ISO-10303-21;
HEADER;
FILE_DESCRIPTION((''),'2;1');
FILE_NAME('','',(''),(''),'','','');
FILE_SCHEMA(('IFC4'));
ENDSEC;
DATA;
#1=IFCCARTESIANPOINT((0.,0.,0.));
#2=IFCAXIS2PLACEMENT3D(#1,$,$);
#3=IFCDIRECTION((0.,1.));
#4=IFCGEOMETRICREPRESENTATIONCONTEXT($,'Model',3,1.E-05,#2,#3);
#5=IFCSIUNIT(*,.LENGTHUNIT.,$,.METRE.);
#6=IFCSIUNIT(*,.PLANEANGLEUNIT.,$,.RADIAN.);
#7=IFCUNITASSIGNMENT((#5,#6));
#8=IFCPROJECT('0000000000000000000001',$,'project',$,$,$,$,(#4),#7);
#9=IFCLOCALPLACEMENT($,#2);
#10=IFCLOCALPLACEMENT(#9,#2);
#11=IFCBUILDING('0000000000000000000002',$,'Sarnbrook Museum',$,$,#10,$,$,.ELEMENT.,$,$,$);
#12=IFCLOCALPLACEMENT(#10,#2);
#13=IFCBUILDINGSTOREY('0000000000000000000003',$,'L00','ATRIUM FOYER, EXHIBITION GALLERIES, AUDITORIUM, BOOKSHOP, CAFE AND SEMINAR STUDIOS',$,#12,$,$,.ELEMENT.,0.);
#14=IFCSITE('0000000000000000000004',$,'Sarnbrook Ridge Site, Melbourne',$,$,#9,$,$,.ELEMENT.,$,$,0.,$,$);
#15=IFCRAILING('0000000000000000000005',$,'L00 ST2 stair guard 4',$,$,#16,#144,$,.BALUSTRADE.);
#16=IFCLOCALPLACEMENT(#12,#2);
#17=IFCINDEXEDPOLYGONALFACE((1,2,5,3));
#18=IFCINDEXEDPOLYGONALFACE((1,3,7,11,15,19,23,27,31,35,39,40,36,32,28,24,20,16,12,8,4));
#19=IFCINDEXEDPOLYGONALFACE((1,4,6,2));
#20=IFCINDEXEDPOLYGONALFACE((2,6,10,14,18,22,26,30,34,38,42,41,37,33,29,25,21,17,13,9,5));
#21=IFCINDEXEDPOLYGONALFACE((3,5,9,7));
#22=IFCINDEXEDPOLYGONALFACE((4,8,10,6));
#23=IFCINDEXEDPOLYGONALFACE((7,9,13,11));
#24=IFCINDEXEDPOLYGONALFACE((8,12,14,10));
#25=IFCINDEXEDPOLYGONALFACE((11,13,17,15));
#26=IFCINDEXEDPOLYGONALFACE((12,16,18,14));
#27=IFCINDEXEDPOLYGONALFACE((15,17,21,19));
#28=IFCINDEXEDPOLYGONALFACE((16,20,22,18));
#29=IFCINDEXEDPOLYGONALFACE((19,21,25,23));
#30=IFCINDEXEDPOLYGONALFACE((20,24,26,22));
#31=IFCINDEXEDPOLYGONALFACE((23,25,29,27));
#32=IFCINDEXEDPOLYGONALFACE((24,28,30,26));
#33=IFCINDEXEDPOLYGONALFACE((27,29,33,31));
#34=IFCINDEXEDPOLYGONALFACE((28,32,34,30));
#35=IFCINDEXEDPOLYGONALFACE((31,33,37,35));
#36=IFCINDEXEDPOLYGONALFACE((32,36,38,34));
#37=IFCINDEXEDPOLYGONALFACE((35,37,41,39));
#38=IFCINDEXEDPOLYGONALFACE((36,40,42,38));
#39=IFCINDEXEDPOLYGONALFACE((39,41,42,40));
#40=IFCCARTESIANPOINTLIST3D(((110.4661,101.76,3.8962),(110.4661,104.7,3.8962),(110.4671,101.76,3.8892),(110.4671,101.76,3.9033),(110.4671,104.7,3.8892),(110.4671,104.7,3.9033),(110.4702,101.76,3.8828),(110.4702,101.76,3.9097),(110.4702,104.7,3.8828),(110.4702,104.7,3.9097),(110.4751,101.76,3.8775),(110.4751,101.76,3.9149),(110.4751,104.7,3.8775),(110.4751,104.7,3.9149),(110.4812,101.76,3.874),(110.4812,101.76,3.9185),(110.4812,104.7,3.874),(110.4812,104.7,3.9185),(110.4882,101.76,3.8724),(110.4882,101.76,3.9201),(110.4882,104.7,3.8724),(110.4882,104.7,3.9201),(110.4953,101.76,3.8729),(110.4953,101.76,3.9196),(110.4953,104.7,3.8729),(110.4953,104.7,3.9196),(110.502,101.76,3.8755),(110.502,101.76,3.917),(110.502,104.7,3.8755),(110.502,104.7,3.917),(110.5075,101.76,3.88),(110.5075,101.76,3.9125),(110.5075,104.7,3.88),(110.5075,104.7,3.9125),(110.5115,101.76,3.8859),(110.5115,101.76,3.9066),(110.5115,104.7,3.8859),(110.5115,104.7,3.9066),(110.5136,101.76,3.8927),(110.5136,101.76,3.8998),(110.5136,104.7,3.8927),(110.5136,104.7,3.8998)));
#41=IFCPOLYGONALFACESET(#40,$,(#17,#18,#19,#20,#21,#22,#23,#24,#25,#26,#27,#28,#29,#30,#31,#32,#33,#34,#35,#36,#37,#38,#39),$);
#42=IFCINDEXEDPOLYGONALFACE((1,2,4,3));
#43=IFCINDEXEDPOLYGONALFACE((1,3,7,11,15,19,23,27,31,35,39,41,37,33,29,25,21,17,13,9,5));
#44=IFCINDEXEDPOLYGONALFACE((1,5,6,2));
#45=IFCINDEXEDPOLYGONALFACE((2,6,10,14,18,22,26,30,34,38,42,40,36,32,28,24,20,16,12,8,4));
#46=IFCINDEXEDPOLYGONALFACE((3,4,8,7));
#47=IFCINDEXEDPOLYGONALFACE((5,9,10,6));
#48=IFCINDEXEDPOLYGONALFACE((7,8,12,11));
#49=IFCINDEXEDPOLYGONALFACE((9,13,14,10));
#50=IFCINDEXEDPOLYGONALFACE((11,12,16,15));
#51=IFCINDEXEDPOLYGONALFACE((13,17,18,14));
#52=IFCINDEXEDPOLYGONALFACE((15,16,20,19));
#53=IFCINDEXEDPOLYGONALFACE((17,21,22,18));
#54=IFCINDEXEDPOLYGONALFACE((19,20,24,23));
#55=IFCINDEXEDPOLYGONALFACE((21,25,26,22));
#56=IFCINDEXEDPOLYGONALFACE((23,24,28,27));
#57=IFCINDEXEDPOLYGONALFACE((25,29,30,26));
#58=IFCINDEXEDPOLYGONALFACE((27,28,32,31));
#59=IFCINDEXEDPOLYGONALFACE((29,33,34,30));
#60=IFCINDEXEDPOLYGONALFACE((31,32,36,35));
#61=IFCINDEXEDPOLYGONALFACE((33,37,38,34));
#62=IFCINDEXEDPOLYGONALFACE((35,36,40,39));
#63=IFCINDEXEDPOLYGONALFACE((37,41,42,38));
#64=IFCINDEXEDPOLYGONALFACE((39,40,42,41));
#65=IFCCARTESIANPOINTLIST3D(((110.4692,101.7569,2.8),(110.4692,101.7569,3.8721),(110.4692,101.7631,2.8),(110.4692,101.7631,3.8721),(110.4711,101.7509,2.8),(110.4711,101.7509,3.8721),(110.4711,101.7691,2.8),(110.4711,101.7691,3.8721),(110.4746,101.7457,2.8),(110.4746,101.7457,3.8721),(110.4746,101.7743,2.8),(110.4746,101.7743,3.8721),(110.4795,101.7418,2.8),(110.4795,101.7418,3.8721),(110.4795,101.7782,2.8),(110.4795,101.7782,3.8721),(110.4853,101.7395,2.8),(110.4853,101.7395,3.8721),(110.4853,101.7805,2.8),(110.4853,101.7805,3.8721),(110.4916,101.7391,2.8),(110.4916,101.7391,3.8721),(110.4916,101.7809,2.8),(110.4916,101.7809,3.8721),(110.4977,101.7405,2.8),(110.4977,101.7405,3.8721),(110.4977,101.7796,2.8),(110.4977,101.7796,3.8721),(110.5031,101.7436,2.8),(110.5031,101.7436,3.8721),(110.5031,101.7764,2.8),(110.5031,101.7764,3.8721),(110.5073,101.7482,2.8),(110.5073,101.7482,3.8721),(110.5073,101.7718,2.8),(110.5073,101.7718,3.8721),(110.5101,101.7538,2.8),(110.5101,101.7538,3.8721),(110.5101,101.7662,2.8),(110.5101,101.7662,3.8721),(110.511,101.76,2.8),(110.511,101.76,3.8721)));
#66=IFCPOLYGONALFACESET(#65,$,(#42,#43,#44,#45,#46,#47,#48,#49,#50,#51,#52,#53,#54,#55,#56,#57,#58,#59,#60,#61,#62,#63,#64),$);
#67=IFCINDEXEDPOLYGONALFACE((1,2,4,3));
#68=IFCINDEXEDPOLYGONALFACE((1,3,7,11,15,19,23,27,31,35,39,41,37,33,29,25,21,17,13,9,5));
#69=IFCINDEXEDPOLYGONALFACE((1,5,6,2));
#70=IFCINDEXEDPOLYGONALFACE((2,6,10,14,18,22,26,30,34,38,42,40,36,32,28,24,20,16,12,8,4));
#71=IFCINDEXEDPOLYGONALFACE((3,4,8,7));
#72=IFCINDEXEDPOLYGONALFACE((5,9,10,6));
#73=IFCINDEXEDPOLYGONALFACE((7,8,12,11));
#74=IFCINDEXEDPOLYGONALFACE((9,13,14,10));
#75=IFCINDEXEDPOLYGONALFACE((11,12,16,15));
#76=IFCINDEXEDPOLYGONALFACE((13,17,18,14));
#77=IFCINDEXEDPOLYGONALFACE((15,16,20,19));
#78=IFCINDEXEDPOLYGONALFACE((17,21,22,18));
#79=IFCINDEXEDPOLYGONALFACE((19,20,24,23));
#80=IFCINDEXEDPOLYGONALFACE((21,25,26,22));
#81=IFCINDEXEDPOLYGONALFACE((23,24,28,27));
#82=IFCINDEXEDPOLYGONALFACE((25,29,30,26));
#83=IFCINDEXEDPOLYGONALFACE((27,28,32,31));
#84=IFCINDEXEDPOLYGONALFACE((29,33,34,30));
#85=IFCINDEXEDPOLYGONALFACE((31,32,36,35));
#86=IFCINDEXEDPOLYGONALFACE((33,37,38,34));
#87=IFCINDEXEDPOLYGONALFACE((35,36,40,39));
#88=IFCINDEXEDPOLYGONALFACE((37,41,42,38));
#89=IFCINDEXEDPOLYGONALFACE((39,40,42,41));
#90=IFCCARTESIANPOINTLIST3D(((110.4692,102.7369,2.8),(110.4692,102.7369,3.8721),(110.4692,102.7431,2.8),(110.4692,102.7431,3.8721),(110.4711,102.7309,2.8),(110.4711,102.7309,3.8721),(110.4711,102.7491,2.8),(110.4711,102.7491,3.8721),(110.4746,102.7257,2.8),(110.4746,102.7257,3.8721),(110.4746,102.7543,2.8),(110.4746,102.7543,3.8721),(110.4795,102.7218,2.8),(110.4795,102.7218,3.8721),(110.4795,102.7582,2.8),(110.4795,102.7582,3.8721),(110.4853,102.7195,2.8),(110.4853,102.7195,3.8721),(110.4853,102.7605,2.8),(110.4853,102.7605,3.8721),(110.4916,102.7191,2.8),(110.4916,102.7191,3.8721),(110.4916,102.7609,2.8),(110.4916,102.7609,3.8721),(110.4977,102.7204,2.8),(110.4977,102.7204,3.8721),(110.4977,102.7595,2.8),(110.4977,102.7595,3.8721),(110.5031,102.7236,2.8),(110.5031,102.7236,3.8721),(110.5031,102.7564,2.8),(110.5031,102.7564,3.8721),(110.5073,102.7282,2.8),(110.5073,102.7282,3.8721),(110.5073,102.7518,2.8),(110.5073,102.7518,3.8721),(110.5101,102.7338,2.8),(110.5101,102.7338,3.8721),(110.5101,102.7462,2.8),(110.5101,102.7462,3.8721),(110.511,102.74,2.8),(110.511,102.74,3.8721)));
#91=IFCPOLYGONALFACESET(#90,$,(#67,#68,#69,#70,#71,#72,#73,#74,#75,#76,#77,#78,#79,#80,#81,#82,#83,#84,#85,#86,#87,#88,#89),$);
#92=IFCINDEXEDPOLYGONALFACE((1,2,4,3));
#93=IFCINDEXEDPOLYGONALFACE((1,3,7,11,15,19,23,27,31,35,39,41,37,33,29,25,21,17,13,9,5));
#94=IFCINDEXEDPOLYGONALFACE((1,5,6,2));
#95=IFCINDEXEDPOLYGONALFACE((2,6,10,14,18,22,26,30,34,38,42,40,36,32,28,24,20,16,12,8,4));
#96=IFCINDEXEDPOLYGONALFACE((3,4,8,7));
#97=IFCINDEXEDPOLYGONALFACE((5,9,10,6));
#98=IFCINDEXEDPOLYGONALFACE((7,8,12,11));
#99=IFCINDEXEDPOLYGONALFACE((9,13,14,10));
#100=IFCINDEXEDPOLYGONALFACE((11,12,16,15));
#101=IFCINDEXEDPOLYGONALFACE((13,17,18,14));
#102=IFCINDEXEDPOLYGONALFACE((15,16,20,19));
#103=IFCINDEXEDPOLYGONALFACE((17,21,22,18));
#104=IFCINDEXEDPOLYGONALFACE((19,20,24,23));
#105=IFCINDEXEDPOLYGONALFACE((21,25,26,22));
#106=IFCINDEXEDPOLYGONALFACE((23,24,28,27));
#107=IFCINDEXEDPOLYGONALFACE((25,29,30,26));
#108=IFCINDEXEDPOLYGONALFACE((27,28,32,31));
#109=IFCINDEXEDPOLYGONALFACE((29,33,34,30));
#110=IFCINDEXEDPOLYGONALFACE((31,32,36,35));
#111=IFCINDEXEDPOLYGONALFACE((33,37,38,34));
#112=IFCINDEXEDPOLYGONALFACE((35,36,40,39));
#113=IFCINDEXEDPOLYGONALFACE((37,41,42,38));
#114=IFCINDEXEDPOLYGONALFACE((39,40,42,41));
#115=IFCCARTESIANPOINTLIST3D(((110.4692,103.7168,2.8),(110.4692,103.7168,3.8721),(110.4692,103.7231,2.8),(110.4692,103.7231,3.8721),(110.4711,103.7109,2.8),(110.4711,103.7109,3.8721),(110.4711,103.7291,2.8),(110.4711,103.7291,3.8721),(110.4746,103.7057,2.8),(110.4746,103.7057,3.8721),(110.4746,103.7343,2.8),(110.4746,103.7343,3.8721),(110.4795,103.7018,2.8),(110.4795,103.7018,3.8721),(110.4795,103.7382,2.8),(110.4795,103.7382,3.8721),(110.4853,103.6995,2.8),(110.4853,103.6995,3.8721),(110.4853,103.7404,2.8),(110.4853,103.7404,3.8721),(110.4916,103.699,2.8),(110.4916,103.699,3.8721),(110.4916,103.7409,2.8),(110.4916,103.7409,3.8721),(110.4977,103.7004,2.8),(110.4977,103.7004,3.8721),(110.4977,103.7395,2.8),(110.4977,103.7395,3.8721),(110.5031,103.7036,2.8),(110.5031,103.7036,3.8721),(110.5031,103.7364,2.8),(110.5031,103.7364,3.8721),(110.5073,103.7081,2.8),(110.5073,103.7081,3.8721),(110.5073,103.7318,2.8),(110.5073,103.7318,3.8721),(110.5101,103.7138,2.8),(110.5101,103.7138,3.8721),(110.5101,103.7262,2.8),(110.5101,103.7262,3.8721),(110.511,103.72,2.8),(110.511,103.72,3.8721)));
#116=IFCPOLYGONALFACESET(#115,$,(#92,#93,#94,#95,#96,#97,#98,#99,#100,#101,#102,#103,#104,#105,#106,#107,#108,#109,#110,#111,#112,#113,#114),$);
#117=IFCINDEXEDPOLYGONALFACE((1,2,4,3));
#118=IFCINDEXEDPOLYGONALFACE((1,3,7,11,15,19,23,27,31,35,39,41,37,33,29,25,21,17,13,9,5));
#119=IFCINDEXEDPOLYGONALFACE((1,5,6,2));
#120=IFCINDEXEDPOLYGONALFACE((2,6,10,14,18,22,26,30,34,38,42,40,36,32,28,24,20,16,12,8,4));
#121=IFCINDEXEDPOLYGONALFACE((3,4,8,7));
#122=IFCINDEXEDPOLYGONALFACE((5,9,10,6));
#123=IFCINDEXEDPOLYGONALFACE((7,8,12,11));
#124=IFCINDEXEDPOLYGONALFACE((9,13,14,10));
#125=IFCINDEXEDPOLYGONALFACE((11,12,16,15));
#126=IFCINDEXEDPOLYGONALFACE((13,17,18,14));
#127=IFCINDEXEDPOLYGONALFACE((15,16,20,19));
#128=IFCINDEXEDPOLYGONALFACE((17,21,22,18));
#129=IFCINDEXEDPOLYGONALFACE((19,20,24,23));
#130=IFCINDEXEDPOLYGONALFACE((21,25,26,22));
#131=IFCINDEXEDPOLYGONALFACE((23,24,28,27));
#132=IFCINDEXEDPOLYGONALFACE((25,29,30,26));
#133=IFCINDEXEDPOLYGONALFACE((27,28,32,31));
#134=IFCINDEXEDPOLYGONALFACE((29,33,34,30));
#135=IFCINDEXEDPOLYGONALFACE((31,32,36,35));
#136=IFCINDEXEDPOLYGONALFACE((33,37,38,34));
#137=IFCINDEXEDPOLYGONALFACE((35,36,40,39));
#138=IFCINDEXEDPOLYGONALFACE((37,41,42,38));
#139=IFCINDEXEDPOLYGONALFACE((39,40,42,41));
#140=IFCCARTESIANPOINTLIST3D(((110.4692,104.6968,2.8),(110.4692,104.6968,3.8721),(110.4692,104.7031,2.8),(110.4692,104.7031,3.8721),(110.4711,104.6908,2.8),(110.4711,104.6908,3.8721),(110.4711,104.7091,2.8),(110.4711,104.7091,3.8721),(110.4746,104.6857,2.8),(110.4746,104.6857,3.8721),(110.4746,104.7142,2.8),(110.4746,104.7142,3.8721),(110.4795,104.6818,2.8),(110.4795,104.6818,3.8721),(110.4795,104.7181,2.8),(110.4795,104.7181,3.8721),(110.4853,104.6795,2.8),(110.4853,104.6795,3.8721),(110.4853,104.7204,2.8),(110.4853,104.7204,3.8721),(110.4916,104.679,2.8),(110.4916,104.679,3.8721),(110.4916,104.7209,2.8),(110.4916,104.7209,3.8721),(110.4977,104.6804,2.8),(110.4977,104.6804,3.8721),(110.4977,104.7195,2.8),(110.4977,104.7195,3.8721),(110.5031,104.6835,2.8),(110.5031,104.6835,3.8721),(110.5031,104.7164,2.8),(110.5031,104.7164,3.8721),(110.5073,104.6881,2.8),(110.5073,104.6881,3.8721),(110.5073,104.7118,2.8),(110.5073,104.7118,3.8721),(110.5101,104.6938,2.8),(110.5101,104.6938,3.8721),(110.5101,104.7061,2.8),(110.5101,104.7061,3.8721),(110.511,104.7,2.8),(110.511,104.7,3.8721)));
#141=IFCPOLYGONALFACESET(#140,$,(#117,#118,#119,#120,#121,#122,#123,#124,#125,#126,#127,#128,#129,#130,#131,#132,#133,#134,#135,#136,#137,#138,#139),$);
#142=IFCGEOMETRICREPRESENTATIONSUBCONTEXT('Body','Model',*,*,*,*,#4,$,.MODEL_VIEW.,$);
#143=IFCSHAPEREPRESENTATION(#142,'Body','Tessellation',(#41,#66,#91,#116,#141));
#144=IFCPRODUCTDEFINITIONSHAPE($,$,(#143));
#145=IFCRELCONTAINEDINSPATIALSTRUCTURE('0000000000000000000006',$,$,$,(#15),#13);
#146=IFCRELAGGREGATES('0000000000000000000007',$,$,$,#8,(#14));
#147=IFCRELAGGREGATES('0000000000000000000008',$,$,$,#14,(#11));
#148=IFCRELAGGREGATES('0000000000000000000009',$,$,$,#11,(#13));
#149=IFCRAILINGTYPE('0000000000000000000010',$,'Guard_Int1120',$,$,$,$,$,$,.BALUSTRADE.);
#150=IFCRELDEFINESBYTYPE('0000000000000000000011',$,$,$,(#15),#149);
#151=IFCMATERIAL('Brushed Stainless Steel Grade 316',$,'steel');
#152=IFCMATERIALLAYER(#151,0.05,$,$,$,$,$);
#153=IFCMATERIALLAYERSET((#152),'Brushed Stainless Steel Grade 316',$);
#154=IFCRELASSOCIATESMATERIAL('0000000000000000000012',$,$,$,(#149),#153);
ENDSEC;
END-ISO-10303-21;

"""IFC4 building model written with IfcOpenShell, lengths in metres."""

from ifc_helpers import new_model, si_unit, direction, frame, origin, origin_2d, place, context, subcontext, project, spatial, circle, extrude, material, layer, layer_set, type_object, element, save


model = new_model("IFC4")

# Units and contexts
model_context = context("Model", 3, precision=1e-05, world=origin(), true_north=direction((0.0, 1.0)))
body_context = subcontext(model_context, "Body", "Model", "MODEL_VIEW")
ifc_project = project(units=[si_unit("LENGTHUNIT", "METRE"), si_unit("PLANEANGLEUNIT", "RADIAN")], contexts=[model_context])

# Site, building, storey
site_placement = place(None, origin())
site = spatial("IfcSite", under=ifc_project, at=site_placement, Name="Sarnbrook Ridge Site, Melbourne", CompositionType="ELEMENT", RefElevation=0.0)
building_placement = place(site_placement, origin())
building = spatial("IfcBuilding", under=site, at=building_placement, Name="Sarnbrook Museum", CompositionType="ELEMENT")
storey_placement = place(building_placement, origin())
storey = spatial("IfcBuildingStorey", under=building, at=storey_placement, Name="L00", Description="ATRIUM FOYER, EXHIBITION GALLERIES, AUDITORIUM, BOOKSHOP, CAFE AND SEMINAR STUDIOS", CompositionType="ELEMENT", Elevation=0.0)

# Shared definitions
ifc_material_1 = material(Name="Brushed Stainless Steel Grade 316", Category="steel")

# Railing
ifc_layer_1 = layer(ifc_material_1, 0.05)
ifc_layer_set_1 = layer_set([ifc_layer_1], Name="Brushed Stainless Steel Grade 316")
railing_type_1 = type_object("IfcRailingType", Name="Guard_Int1120", PredefinedType="BALUSTRADE", material=ifc_layer_set_1)
for number, where, name in (
    (1, (110.49, 101.76, 2.8), "L00 ST2 stair guard 4"),
):
    element("IfcRailing", number, at=place(storey_placement, frame(where)), inside=storey, type_object=railing_type_1, Name=name, PredefinedType="BALUSTRADE", context=body_context, shape_type="SweptSolid", body=[
        extrude(circle(Radius=0.0239, at=origin_2d()), frame((0.0, 0.0, 1.0962), z_axis=(0.0, 1.0, 0.0), x_axis=(-1.0, 0.0, 0.0)), (0.0, 0.0, 1.0), 2.9399),
        extrude(circle(Radius=0.021, at=origin_2d()), origin(), (0.0, 0.0, 1.0), 1.072),
        extrude(circle(Radius=0.021, at=origin_2d()), frame((0.0, 0.98, 0.0)), (0.0, 0.0, 1.0), 1.072),
        extrude(circle(Radius=0.021, at=origin_2d()), frame((0.0, 1.96, 0.0)), (0.0, 0.0, 1.0), 1.072),
        extrude(circle(Radius=0.021, at=origin_2d()), frame((0.0, 2.9399, 0.0)), (0.0, 0.0, 1.0), 1.072),
    ])

save(model, "model.ifc")
